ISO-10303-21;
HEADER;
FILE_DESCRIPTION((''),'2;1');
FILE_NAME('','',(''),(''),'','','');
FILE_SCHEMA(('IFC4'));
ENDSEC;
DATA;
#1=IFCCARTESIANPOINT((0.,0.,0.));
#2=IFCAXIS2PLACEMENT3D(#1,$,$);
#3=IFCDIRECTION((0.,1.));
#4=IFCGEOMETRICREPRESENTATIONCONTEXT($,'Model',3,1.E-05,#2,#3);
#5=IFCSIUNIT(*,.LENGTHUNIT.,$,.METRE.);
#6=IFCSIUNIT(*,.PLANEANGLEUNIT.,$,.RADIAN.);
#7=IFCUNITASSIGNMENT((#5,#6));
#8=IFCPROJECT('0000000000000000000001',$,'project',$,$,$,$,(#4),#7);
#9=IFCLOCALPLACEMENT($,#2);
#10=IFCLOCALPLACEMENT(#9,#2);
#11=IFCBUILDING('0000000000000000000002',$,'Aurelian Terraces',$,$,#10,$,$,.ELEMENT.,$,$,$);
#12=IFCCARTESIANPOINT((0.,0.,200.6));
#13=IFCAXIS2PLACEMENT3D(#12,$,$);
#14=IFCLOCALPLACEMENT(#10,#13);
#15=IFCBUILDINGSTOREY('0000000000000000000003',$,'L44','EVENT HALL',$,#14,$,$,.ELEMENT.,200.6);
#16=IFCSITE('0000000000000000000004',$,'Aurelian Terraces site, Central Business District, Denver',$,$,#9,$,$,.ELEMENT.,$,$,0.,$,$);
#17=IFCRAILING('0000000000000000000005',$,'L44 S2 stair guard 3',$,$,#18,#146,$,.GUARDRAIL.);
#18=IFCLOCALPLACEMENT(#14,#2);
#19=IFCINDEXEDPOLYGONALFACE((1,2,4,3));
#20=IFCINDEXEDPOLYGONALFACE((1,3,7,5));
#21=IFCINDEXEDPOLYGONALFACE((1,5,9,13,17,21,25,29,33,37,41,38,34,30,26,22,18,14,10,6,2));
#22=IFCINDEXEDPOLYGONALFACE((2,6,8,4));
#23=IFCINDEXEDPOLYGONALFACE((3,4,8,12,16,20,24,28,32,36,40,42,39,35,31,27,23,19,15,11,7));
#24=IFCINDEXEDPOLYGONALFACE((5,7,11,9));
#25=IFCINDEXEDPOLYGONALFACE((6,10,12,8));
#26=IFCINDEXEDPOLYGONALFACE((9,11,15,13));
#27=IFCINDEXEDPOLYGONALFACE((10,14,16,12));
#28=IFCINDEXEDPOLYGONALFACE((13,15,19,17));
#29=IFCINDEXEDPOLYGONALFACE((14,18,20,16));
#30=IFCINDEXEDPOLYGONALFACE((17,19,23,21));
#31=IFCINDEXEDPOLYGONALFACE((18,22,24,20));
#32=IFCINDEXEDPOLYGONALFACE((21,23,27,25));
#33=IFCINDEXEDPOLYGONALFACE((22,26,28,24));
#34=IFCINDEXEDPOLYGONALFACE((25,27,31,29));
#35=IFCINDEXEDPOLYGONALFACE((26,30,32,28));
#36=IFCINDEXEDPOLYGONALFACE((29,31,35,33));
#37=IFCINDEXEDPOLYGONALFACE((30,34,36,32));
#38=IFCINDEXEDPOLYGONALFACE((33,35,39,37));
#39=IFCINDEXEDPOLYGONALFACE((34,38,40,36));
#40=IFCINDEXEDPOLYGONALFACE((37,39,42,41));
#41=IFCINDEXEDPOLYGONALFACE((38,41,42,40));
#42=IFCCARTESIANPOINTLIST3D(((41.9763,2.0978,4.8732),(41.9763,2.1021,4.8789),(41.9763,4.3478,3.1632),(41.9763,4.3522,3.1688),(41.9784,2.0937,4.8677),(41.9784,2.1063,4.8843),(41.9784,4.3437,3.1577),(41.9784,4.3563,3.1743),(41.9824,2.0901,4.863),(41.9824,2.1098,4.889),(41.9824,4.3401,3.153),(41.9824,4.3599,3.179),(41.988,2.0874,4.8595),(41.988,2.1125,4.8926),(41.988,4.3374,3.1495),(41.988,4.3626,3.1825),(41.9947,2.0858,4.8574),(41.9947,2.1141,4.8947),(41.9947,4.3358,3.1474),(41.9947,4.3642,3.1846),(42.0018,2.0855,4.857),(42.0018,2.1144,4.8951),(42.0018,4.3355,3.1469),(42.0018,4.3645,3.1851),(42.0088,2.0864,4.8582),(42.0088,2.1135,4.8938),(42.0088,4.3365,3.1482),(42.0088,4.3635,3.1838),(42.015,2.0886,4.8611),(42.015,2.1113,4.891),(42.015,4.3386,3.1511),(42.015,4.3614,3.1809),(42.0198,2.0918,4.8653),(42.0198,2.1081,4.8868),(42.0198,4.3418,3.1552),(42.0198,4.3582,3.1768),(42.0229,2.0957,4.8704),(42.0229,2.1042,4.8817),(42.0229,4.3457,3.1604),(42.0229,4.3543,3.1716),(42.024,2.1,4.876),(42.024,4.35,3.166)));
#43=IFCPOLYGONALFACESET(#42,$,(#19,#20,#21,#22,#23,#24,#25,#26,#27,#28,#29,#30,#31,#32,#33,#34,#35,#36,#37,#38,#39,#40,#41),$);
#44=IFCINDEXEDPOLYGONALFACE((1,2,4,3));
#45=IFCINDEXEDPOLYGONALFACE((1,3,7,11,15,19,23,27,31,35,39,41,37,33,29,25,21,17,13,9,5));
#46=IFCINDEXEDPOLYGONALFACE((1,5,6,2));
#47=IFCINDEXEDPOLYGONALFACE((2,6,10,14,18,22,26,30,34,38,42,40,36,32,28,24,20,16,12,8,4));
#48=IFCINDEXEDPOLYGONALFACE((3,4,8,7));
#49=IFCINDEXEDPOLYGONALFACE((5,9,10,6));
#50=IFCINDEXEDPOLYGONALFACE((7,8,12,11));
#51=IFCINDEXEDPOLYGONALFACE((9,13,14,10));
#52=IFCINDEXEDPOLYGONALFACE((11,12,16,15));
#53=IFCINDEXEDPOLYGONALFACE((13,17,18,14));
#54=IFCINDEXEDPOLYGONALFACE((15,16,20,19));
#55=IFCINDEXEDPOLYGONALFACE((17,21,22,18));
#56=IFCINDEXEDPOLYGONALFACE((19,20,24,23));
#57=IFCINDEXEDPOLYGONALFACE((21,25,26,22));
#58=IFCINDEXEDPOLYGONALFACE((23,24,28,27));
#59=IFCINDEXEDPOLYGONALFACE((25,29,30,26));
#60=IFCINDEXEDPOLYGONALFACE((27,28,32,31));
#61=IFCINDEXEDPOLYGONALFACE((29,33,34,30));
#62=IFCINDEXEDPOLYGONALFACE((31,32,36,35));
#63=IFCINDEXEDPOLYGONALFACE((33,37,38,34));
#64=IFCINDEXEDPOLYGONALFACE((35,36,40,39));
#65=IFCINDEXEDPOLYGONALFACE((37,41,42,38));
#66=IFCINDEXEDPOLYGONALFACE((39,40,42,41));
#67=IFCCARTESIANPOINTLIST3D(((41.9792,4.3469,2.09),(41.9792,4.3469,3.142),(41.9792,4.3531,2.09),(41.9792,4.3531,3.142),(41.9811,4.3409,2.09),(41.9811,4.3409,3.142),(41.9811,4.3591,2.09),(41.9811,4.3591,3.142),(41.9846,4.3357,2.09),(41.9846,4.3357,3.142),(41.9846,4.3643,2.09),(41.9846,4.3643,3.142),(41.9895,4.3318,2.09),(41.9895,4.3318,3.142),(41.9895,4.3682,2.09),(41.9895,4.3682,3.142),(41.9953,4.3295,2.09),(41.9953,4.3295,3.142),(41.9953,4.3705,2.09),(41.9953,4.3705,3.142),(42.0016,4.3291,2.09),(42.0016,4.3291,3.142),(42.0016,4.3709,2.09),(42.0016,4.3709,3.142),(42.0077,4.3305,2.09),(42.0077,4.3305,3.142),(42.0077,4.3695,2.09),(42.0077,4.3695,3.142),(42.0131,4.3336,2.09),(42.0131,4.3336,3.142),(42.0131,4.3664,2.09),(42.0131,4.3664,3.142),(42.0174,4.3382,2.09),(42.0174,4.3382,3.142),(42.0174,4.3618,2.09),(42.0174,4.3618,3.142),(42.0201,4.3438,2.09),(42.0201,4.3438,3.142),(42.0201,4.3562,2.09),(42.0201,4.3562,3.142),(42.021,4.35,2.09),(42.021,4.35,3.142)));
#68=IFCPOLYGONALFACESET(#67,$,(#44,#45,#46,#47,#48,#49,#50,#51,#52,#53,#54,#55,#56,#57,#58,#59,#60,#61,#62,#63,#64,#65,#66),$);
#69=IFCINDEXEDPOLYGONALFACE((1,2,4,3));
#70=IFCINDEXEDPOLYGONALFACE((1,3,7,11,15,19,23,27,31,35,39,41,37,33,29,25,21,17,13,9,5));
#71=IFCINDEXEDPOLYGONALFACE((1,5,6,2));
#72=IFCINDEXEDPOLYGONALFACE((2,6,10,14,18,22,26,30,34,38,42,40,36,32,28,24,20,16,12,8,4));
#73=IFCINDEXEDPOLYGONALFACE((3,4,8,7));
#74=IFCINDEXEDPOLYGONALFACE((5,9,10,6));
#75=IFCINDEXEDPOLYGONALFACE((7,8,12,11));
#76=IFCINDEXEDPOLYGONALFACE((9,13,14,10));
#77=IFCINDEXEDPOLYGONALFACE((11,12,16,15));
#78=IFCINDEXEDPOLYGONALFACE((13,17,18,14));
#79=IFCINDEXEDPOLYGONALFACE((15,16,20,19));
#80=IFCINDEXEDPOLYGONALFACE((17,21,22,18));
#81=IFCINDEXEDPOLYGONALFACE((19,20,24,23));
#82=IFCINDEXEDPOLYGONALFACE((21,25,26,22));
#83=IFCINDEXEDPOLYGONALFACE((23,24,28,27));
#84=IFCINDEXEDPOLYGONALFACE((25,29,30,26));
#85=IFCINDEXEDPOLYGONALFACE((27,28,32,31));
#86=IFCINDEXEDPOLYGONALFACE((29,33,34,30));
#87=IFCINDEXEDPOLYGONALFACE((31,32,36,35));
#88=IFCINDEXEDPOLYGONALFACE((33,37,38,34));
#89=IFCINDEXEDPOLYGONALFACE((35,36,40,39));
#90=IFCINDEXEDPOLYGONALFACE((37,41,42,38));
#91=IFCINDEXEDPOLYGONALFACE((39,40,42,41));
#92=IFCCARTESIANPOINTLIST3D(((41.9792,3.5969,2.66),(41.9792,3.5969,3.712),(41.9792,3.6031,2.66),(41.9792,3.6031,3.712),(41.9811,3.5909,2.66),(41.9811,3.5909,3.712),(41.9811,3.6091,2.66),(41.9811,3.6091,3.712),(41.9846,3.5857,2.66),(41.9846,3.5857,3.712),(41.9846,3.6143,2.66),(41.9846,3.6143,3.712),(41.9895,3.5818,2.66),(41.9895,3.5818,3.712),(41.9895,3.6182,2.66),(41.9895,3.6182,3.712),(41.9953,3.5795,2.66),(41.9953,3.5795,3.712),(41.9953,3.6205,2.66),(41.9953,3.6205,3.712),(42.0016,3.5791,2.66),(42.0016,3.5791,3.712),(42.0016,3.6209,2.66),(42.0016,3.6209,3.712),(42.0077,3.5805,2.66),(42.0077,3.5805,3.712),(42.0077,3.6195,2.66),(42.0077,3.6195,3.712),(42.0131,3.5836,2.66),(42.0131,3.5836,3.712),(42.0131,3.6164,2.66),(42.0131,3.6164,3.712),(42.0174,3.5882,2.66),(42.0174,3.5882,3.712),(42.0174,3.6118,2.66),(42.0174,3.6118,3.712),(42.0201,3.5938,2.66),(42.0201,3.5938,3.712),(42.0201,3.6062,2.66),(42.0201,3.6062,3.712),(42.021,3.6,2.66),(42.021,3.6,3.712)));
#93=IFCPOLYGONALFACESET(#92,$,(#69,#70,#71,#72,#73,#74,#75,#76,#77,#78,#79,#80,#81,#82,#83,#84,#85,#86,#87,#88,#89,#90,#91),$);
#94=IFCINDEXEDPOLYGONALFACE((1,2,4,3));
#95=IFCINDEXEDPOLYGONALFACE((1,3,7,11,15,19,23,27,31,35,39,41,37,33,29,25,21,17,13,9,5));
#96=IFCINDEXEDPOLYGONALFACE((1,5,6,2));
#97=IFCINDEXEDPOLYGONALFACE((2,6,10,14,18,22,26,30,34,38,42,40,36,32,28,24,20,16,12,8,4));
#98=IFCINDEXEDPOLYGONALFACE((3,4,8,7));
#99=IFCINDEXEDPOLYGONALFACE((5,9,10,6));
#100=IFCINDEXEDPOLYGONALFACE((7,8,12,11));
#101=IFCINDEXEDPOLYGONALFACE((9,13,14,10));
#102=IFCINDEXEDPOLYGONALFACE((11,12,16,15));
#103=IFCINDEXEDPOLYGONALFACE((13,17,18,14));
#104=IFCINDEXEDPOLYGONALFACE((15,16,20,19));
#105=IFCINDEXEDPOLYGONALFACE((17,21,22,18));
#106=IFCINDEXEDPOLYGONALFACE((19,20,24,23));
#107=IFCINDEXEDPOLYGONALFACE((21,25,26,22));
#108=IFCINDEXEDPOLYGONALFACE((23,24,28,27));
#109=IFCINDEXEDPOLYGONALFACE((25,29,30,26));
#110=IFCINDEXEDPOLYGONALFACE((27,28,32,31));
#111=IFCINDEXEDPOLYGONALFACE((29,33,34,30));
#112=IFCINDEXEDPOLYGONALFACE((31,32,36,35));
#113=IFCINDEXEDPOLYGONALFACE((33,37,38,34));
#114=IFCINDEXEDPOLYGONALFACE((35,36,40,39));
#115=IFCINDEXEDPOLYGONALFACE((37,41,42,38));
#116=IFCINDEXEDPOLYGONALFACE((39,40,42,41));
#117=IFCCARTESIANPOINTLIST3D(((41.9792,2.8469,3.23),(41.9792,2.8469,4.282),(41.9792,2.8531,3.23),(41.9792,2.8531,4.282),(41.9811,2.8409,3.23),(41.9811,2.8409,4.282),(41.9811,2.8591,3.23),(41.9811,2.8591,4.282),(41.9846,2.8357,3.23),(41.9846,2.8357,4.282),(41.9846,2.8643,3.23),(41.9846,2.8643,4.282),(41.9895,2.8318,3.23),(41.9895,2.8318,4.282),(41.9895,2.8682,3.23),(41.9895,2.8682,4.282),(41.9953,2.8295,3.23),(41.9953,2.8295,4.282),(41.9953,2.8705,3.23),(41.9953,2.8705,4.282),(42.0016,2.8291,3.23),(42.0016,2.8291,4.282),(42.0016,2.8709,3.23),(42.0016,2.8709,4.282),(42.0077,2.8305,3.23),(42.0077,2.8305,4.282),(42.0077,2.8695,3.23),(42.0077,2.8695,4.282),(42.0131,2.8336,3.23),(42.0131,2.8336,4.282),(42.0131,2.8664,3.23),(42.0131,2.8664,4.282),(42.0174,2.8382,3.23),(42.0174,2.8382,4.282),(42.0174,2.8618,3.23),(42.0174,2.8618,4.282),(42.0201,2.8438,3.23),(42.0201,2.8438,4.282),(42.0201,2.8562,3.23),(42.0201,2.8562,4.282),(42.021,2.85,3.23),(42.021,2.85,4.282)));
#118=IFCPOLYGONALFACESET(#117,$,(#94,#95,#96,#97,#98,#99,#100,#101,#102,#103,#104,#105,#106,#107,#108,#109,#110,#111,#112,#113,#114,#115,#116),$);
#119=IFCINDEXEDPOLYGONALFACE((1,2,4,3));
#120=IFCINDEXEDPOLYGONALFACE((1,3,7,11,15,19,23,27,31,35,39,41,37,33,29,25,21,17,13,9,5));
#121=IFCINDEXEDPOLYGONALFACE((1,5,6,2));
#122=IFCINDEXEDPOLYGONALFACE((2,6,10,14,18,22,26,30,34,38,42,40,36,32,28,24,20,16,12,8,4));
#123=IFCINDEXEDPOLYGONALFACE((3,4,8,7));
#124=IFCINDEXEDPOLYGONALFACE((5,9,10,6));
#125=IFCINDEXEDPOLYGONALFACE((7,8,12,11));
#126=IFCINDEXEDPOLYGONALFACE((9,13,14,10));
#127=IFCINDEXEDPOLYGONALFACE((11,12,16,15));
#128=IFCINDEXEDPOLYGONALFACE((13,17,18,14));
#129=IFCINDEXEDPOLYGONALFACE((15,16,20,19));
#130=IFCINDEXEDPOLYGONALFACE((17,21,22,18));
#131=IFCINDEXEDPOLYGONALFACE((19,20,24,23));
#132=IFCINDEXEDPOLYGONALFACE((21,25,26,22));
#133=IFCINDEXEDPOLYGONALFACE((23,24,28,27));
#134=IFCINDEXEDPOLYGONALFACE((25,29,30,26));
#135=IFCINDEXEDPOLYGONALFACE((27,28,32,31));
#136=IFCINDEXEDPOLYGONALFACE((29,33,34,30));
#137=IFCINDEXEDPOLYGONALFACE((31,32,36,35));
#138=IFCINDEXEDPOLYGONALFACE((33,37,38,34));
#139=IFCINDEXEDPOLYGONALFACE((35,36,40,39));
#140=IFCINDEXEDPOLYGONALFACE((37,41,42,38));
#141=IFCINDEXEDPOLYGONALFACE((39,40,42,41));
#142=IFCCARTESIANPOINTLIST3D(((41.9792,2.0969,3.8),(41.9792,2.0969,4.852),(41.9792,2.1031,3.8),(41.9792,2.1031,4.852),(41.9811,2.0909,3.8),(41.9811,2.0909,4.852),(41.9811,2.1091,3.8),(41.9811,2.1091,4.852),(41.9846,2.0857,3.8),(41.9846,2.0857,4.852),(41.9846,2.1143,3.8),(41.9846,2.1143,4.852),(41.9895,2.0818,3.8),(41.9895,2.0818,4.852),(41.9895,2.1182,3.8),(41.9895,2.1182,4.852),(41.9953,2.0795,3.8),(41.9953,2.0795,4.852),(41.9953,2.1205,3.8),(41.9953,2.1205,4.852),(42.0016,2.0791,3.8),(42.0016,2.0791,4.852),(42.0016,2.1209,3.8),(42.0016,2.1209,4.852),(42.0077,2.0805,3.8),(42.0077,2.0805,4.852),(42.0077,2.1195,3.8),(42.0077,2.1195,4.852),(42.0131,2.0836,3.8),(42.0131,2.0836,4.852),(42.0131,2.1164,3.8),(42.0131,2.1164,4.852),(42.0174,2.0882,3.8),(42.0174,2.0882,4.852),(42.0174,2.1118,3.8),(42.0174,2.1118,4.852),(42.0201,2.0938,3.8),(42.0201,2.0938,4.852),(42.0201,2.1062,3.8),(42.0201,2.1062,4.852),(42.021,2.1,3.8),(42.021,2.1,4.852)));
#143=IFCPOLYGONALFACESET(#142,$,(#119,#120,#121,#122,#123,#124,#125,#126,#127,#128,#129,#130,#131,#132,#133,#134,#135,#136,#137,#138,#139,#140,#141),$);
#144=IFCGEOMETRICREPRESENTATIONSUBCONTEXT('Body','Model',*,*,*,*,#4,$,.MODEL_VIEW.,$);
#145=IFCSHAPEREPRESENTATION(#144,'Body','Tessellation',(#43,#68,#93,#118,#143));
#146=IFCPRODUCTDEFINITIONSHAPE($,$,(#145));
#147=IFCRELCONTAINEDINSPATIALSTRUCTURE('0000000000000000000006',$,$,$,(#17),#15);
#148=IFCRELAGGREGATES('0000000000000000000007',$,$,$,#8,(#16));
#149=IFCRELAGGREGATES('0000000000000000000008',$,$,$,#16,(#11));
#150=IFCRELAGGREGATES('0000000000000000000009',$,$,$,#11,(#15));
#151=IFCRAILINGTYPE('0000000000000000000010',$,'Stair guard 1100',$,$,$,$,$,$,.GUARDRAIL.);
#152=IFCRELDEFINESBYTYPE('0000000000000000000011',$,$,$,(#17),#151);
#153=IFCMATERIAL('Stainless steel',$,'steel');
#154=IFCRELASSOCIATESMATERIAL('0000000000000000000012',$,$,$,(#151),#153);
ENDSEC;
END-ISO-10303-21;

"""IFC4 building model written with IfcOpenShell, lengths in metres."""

from ifc_helpers import new_model, si_unit, direction, frame, origin, origin_2d, place, context, subcontext, project, spatial, circle, extrude, source, transform, mapped, material, type_object, element, save


model = new_model("IFC4")

# Units and contexts
model_context = context("Model", 3, precision=1e-05, world=origin(), true_north=direction((0.0, 1.0)))
body_context = subcontext(model_context, "Body", "Model", "MODEL_VIEW")
ifc_project = project(units=[si_unit("LENGTHUNIT", "METRE"), si_unit("PLANEANGLEUNIT", "RADIAN")], contexts=[model_context])

# Site, building, storey
site_placement = place(None, origin())
site = spatial("IfcSite", under=ifc_project, at=site_placement, Name="Aurelian Terraces site, Central Business District, Denver", CompositionType="ELEMENT", RefElevation=0.0)
building_placement = place(site_placement, origin())
building = spatial("IfcBuilding", under=site, at=building_placement, Name="Aurelian Terraces", CompositionType="ELEMENT")
storey_placement = place(building_placement, frame((0.0, 0.0, 200.6)))
storey = spatial("IfcBuildingStorey", under=building, at=storey_placement, Name="L44", Description="EVENT HALL", CompositionType="ELEMENT", Elevation=200.6)

# Railing
ifc_material_1 = material(Name="Stainless steel", Category="steel")
railing_type_1 = type_object("IfcRailingType", Name="Stair guard 1100", PredefinedType="GUARDRAIL", material=ifc_material_1)
shared_shape_1 = source(origin(), body_context, "Body", "SweptSolid", [
    extrude(circle(Radius=0.024, at=origin_2d()), frame((0.0, 0.0, 1.076), z_axis=(0.0, -0.796162, 0.605083), x_axis=(1.0, 0.0, 0.0)), (0.0, 0.0, 1.0), 2.8261),
    extrude(circle(Radius=0.021, at=origin_2d()), origin(), (0.0, 0.0, 1.0), 1.052),
    extrude(circle(Radius=0.021, at=origin_2d()), frame((0.0, -0.75, 0.57)), (0.0, 0.0, 1.0), 1.052),
    extrude(circle(Radius=0.021, at=origin_2d()), frame((0.0, -1.5, 1.14)), (0.0, 0.0, 1.0), 1.052),
    extrude(circle(Radius=0.021, at=origin_2d()), frame((0.0, -2.25, 1.71)), (0.0, 0.0, 1.0), 1.052),
])
railing_1_placement = place(storey_placement, frame((42.0, 4.35, 2.09)))
element("IfcRailing", 1, at=railing_1_placement, inside=storey, type_object=railing_type_1, Name="L44 S2 stair guard 3", PredefinedType="GUARDRAIL", context=body_context, shape_type="MappedRepresentation", body=[
    mapped(shared_shape_1, transform((0.0, 0.0, 0.0), scale=1.0)),
])

save(model, "model.ifc")
